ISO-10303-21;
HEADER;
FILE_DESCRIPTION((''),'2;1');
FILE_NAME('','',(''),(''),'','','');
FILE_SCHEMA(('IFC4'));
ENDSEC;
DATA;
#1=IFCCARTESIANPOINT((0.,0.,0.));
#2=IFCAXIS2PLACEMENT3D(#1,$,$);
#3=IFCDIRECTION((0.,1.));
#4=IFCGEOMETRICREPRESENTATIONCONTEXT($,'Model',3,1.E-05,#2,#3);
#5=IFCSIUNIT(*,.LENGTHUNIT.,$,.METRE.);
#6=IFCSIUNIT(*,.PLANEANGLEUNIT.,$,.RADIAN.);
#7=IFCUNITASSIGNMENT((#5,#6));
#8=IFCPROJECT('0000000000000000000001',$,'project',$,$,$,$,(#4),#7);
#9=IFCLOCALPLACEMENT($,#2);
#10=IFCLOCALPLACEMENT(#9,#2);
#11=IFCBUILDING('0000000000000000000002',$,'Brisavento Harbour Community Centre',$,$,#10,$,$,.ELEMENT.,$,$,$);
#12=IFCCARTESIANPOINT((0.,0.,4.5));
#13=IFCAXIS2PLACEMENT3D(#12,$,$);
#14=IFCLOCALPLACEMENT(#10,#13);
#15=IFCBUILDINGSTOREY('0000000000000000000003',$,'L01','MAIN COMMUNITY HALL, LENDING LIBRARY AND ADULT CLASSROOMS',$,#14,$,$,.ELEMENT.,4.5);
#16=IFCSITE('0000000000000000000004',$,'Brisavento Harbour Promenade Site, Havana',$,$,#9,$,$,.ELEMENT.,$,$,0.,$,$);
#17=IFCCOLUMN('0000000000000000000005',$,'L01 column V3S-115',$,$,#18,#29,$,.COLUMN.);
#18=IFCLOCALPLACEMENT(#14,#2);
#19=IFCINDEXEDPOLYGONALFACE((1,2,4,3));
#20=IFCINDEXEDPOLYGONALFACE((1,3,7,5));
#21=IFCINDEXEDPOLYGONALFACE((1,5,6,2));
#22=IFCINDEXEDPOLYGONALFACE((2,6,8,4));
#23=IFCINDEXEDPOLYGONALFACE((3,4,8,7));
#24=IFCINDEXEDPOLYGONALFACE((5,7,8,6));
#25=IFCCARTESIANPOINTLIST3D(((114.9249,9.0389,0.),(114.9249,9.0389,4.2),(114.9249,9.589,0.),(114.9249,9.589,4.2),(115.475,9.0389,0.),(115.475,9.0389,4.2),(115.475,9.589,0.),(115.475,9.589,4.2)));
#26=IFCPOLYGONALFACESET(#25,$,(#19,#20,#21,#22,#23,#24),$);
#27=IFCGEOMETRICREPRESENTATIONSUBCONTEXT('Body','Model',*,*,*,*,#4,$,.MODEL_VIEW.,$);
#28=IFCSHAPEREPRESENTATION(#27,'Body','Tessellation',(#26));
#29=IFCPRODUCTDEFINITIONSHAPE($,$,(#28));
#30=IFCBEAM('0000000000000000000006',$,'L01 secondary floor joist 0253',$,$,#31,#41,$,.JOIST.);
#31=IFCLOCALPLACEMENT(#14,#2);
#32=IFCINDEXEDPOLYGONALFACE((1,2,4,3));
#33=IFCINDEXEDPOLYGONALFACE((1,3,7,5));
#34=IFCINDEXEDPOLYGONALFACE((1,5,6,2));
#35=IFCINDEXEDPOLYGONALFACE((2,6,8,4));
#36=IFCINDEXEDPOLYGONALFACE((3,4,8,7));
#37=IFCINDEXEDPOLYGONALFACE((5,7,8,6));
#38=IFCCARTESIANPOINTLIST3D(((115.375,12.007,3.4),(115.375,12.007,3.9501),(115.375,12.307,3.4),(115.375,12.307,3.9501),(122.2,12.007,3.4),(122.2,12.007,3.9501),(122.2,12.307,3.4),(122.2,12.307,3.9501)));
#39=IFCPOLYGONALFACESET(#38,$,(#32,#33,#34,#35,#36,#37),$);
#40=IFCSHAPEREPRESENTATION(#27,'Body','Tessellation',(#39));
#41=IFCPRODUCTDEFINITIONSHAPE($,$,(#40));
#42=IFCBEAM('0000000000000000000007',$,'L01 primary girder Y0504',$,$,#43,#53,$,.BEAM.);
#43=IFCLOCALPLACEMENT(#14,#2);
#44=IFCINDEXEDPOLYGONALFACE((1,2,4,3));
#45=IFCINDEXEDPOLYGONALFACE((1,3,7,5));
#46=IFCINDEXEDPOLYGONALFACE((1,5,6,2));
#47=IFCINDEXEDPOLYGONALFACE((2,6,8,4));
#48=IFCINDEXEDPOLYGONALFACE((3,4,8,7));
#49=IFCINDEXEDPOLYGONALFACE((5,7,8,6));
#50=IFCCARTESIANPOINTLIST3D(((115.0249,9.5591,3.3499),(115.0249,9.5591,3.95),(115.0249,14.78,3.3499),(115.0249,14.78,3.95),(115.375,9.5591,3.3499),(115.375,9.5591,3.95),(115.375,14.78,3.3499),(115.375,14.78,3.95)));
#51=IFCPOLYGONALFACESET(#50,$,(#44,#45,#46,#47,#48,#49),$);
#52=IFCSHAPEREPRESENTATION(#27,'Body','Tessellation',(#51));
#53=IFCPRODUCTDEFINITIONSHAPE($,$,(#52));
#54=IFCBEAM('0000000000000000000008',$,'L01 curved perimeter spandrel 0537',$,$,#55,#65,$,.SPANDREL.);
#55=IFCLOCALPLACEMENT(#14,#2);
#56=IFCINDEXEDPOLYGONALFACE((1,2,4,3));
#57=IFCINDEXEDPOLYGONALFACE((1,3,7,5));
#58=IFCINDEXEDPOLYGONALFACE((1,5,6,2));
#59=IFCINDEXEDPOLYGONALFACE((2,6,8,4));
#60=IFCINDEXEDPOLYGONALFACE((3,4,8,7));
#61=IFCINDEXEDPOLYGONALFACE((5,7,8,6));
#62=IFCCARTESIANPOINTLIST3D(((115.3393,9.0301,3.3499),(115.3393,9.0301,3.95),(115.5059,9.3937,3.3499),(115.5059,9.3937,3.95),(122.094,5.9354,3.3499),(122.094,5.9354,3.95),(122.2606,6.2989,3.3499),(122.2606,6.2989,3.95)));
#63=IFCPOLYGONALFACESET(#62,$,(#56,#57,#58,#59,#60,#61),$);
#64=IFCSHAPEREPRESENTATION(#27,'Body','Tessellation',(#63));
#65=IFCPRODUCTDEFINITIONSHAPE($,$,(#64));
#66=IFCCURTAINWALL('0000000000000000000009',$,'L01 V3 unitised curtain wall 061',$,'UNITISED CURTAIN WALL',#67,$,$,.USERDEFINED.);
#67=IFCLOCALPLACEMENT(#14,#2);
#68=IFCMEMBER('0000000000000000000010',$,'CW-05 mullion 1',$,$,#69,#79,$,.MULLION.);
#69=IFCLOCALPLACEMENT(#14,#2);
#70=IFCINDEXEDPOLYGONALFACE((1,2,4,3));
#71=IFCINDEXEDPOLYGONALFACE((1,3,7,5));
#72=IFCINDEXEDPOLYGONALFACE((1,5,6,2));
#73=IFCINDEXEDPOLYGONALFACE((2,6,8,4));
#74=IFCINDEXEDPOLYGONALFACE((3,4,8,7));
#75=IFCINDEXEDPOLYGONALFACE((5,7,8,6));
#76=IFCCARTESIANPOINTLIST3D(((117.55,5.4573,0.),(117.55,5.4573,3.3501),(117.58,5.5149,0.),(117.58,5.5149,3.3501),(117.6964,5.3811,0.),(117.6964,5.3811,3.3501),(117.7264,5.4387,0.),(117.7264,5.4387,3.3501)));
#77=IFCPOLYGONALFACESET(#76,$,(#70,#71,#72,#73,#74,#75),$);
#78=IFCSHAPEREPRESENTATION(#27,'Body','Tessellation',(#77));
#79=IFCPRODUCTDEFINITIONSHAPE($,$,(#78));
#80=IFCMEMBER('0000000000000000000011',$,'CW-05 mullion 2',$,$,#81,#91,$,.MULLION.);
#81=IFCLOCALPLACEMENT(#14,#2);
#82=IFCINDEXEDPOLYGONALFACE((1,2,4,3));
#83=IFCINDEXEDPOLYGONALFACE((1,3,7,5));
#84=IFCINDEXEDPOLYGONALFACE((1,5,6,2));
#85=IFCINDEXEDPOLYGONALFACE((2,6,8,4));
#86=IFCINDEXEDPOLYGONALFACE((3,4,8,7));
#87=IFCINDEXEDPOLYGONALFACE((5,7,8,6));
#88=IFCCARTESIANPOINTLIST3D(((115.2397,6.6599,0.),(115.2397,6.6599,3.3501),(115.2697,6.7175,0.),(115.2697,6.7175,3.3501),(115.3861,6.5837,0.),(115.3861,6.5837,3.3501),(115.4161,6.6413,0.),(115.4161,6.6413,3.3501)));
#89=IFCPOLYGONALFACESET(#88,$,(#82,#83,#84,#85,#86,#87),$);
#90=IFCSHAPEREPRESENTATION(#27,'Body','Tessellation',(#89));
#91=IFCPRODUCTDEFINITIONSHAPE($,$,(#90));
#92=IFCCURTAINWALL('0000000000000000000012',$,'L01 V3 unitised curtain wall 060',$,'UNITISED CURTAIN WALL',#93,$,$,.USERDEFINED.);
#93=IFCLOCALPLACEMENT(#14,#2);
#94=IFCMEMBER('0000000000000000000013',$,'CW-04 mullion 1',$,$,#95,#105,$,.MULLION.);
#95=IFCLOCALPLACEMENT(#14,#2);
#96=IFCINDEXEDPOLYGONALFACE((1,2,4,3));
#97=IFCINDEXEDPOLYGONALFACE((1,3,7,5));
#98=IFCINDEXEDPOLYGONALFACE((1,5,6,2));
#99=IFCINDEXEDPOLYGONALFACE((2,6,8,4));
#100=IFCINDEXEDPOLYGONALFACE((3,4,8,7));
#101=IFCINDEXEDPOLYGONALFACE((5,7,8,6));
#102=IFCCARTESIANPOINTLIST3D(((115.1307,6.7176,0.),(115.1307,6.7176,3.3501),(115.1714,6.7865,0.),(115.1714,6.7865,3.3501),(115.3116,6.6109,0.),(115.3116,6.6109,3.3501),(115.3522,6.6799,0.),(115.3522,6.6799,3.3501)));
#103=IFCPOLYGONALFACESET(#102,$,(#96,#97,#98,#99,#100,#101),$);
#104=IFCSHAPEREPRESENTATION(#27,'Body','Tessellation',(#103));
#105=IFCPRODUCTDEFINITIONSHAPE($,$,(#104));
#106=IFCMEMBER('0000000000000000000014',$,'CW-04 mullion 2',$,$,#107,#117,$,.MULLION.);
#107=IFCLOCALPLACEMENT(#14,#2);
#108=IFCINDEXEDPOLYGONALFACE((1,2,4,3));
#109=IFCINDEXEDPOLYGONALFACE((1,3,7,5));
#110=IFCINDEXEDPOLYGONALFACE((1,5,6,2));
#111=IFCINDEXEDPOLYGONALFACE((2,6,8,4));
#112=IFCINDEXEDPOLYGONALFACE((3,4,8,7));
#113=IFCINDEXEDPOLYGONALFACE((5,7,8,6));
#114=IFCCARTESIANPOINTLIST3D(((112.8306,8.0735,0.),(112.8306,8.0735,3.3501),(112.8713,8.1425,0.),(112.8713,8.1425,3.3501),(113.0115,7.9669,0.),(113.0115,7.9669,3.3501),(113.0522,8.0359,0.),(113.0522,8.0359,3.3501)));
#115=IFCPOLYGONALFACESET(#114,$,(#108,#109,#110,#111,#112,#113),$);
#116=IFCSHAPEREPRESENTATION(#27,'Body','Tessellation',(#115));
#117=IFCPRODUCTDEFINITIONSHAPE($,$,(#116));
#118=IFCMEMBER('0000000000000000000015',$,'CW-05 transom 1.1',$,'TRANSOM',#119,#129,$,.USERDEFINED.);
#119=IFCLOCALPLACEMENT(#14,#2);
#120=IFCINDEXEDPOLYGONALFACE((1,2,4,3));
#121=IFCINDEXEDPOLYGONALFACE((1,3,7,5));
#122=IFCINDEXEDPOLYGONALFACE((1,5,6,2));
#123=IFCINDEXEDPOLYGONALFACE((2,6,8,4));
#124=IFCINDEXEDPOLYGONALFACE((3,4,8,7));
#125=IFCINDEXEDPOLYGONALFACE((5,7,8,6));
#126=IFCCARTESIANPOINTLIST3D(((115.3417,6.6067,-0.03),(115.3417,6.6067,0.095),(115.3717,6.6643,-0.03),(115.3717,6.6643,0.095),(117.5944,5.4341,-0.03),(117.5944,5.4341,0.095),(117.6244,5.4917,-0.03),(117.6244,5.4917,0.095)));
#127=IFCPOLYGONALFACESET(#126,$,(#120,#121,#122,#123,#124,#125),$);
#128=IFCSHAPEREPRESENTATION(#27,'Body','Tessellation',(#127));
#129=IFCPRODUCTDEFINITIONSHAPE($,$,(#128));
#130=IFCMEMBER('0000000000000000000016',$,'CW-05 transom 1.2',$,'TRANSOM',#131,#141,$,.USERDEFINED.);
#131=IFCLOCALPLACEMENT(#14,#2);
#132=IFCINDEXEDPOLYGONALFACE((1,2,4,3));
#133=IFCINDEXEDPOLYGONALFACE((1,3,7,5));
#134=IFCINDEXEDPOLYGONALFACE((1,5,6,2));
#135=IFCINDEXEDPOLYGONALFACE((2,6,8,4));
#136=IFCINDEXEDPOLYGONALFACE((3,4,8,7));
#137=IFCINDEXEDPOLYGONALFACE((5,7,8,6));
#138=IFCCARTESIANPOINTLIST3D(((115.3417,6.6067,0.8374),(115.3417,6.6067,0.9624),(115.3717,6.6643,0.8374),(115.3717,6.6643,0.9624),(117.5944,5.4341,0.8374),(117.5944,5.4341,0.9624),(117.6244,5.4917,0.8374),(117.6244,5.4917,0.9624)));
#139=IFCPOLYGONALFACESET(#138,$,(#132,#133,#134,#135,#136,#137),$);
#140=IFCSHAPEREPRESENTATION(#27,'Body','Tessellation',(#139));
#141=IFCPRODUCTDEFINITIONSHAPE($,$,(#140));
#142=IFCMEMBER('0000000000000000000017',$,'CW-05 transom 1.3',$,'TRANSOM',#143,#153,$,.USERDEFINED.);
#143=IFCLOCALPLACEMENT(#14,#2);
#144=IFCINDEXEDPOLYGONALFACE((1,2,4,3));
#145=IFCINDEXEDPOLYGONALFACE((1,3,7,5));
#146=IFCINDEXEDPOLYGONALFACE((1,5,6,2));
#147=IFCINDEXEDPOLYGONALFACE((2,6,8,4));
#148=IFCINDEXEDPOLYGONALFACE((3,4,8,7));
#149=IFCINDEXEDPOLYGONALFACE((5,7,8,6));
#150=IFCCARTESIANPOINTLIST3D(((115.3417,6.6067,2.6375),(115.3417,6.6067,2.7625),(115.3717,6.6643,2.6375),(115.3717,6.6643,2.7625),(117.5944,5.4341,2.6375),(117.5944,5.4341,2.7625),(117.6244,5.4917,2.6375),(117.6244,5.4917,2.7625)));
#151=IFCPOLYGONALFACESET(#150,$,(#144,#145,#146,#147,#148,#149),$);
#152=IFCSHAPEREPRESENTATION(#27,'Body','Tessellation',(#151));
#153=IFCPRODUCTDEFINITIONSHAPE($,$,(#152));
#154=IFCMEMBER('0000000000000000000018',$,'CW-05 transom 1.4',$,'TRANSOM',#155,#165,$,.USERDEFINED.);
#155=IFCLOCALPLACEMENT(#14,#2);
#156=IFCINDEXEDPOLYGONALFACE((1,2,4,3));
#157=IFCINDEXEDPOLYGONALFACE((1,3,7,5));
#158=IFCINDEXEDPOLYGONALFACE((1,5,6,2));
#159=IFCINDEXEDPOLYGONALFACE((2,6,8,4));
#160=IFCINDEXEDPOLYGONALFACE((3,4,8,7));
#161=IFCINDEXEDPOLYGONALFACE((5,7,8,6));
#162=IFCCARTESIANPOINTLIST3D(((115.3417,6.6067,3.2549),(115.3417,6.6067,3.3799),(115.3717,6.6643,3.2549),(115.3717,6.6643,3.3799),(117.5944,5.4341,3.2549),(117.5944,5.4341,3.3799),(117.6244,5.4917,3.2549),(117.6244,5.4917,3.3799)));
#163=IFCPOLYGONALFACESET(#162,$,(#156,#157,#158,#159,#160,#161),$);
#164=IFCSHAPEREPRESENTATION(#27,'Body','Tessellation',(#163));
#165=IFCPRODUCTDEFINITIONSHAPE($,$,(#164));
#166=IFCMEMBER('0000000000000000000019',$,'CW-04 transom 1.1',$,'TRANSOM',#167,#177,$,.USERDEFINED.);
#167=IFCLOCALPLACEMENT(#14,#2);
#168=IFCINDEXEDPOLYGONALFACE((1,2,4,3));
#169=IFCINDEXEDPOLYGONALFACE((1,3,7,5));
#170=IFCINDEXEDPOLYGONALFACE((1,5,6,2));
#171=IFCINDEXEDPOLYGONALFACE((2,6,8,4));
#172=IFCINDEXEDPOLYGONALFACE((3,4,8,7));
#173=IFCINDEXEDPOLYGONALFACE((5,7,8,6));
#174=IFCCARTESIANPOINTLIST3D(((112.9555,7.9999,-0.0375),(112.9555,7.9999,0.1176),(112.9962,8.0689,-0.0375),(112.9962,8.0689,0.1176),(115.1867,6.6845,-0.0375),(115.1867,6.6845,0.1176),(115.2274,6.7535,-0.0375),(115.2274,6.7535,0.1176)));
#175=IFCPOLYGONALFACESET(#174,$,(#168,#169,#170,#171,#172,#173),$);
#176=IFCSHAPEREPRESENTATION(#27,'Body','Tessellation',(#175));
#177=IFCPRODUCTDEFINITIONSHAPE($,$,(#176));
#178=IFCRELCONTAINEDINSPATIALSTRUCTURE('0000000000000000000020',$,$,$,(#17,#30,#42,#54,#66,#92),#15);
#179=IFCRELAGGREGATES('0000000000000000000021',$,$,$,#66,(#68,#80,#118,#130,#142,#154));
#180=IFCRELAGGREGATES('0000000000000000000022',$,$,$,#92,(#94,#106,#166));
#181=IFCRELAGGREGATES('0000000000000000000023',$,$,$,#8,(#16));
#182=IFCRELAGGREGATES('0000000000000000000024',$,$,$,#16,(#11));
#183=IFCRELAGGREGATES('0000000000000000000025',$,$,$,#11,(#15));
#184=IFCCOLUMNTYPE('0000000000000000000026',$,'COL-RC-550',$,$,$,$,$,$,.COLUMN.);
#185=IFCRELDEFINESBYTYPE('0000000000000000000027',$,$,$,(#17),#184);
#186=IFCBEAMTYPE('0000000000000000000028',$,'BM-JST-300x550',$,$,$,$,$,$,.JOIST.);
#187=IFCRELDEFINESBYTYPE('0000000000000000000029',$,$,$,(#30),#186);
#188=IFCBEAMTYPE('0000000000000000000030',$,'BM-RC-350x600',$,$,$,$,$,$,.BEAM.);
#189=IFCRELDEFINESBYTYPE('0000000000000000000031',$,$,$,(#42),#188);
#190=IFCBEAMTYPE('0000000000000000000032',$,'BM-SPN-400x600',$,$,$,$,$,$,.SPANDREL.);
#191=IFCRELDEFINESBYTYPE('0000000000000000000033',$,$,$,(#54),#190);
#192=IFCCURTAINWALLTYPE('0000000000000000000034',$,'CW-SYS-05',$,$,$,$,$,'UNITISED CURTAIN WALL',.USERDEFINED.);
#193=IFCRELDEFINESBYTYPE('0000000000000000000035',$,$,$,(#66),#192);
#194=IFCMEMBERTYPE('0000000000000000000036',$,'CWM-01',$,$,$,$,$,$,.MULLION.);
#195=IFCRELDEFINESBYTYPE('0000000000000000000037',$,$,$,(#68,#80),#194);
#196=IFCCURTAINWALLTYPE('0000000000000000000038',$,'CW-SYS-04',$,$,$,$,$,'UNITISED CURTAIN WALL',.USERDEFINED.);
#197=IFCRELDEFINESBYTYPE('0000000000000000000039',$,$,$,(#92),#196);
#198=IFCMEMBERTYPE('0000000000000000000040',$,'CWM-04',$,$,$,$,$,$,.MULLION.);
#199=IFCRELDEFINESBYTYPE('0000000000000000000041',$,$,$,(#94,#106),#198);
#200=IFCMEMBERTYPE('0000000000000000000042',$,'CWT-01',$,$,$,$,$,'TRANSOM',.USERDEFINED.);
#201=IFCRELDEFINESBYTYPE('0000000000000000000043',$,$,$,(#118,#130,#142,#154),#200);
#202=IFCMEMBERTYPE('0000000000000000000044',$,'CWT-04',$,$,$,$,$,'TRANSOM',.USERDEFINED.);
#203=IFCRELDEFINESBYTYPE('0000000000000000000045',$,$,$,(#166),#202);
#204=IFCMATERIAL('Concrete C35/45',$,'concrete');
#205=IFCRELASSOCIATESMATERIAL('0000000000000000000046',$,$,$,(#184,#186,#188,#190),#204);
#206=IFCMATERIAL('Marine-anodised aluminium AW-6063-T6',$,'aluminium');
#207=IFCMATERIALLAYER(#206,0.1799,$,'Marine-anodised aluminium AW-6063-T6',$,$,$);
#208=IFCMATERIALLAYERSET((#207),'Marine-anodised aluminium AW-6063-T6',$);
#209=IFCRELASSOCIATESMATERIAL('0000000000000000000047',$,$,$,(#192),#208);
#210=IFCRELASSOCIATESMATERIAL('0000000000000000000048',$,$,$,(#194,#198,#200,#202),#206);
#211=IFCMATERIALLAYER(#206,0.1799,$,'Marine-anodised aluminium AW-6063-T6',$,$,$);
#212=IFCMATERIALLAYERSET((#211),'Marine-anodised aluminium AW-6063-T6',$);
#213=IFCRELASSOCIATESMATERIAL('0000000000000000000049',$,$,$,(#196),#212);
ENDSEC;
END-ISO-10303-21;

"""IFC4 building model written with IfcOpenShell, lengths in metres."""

from ifc_helpers import new_model, si_unit, direction, frame, origin, origin_2d, place, context, subcontext, project, spatial, rectangle, extrude, material, layer, layer_set, material_profile, profile_set, type_object, element, aggregate, save


model = new_model("IFC4")

# Units and contexts
model_context = context("Model", 3, precision=1e-05, world=origin(), true_north=direction((0.0, 1.0)))
body_context = subcontext(model_context, "Body", "Model", "MODEL_VIEW")
ifc_project = project(units=[si_unit("LENGTHUNIT", "METRE"), si_unit("PLANEANGLEUNIT", "RADIAN")], contexts=[model_context])

# Site, building, storey
site_placement = place(None, origin())
site = spatial("IfcSite", under=ifc_project, at=site_placement, Name="Brisavento Harbour Promenade Site, Havana", CompositionType="ELEMENT", RefElevation=0.0)
building_placement = place(site_placement, origin())
building = spatial("IfcBuilding", under=site, at=building_placement, Name="Brisavento Harbour Community Centre", CompositionType="ELEMENT")
storey_placement = place(building_placement, frame((0.0, 0.0, 4.5)))
storey = spatial("IfcBuildingStorey", under=building, at=storey_placement, Name="L01", Description="MAIN COMMUNITY HALL, LENDING LIBRARY AND ADULT CLASSROOMS", CompositionType="ELEMENT", Elevation=4.5)

# Column
ifc_material_1 = material(Name="Concrete C35/45", Category="concrete")
ifc_material_profile_1 = material_profile(ifc_material_1, rectangle(XDim=0.55, YDim=0.55, at=origin_2d()), Name="Concrete C35/45")
ifc_profile_set_1 = profile_set([ifc_material_profile_1], Name="Concrete C35/45")
column_type = type_object("IfcColumnType", Name="COL-RC-550", PredefinedType="COLUMN", material=ifc_profile_set_1)
column_placement = place(storey_placement, frame((115.2, 9.314, 0.0), z_axis=(0.0, 0.0, 1.0), x_axis=(1.0, 0.0, 0.0)))
element("IfcColumn", 1, at=column_placement, inside=storey, type_object=column_type, Name="L01 column V3S-115", PredefinedType="COLUMN", context=body_context, shape_type="SweptSolid", body=[
    extrude(rectangle(XDim=0.55, YDim=0.55, at=origin_2d()), origin(), (0.0, 0.0, 1.0), 4.2),
])

# Beams
ifc_material_profile_2 = material_profile(ifc_material_1, rectangle(XDim=0.3, YDim=0.55, at=origin_2d()), Name="Concrete C35/45")
ifc_profile_set_2 = profile_set([ifc_material_profile_2], Name="Concrete C35/45")
beam_type_1 = type_object("IfcBeamType", Name="BM-JST-300x550", PredefinedType="JOIST", material=ifc_profile_set_2)
beam_1_placement = place(storey_placement, frame((115.375, 12.157, 3.675), z_axis=(1.0, 0.0, 0.0), x_axis=(0.0, 1.0, 0.0)))
element("IfcBeam", 2, at=beam_1_placement, inside=storey, type_object=beam_type_1, Name="L01 secondary floor joist 0253", PredefinedType="JOIST", context=body_context, shape_type="SweptSolid", body=[
    extrude(rectangle(XDim=0.3, YDim=0.55, at=origin_2d()), origin(), (0.0, 0.0, 1.0), 6.825),
])
ifc_material_profile_3 = material_profile(ifc_material_1, rectangle(XDim=0.3501, YDim=0.6001, at=origin_2d()), Name="Concrete C35/45")
ifc_profile_set_3 = profile_set([ifc_material_profile_3], Name="Concrete C35/45")
beam_type_2 = type_object("IfcBeamType", Name="BM-RC-350x600", PredefinedType="BEAM", material=ifc_profile_set_3)
beam_2_placement = place(storey_placement, frame((115.2, 9.5591, 3.6499), z_axis=(0.0, 1.0, 0.0), x_axis=(-1.0, 0.0, 0.0)))
element("IfcBeam", 3, at=beam_2_placement, inside=storey, type_object=beam_type_2, Name="L01 primary girder Y0504", PredefinedType="BEAM", context=body_context, shape_type="SweptSolid", body=[
    extrude(rectangle(XDim=0.3501, YDim=0.6001, at=origin_2d()), origin(), (0.0, 0.0, 1.0), 5.2209),
])
ifc_material_profile_4 = material_profile(ifc_material_1, rectangle(XDim=0.3999, YDim=0.6001, at=origin_2d()), Name="Concrete C35/45")
ifc_profile_set_4 = profile_set([ifc_material_profile_4], Name="Concrete C35/45")
beam_type_3 = type_object("IfcBeamType", Name="BM-SPN-400x600", PredefinedType="SPANDREL", material=ifc_profile_set_4)
beam_3_placement = place(storey_placement, frame((115.4226, 9.2119, 3.6499), z_axis=(0.909123, -0.416527, 0.0), x_axis=(0.416527, 0.909123, 0.0)))
element("IfcBeam", 4, at=beam_3_placement, inside=storey, type_object=beam_type_3, Name="L01 curved perimeter spandrel 0537", PredefinedType="SPANDREL", context=body_context, shape_type="SweptSolid", body=[
    extrude(rectangle(XDim=0.3999, YDim=0.6001, at=origin_2d()), origin(), (0.0, 0.0, 1.0), 7.4299),
])

# Curtain walls, members
ifc_material_2 = material(Name="Marine-anodised aluminium AW-6063-T6", Category="aluminium")
ifc_layer_1 = layer(ifc_material_2, 0.1799, Name="Marine-anodised aluminium AW-6063-T6")
ifc_layer_set_1 = layer_set([ifc_layer_1], Name="Marine-anodised aluminium AW-6063-T6")
curtain_wall_type_1 = type_object("IfcCurtainWallType", Name="CW-SYS-05", ElementType="UNITISED CURTAIN WALL", PredefinedType="USERDEFINED", material=ifc_layer_set_1)
curtain_wall_1_placement = place(storey_placement, origin())
curtain_wall_1 = element("IfcCurtainWall", 5, at=curtain_wall_1_placement, inside=storey, type_object=curtain_wall_type_1, Name="L01 V3 unitised curtain wall 061", ObjectType="UNITISED CURTAIN WALL", PredefinedType="USERDEFINED")
ifc_material_profile_5 = material_profile(ifc_material_2, rectangle(XDim=0.0649, YDim=0.165, at=origin_2d()), Name="Marine-anodised aluminium AW-6063-T6")
ifc_profile_set_5 = profile_set([ifc_material_profile_5], Name="Marine-anodised aluminium AW-6063-T6")
member_type_1 = type_object("IfcMemberType", Name="CWM-01", PredefinedType="MULLION", material=ifc_profile_set_5)
member_1_placement = place(storey_placement, frame((117.6382, 5.448, 0.0), z_axis=(0.0, 0.0, 1.0), x_axis=(-0.461718, -0.887027, 0.0)))
member_1 = element("IfcMember", 6, at=member_1_placement, type_object=member_type_1, Name="CW-05 mullion 1", PredefinedType="MULLION", context=body_context, shape_type="SweptSolid", body=[
    extrude(rectangle(XDim=0.0649, YDim=0.165, at=origin_2d()), origin(), (0.0, 0.0, 1.0), 3.3501),
])
member_2_placement = place(storey_placement, frame((115.3279, 6.6506, 0.0), z_axis=(0.0, 0.0, 1.0), x_axis=(-0.461718, -0.887027, 0.0)))
member_2 = element("IfcMember", 7, at=member_2_placement, type_object=member_type_1, Name="CW-05 mullion 2", PredefinedType="MULLION", context=body_context, shape_type="SweptSolid", body=[
    extrude(rectangle(XDim=0.0649, YDim=0.165, at=origin_2d()), origin(), (0.0, 0.0, 1.0), 3.3501),
])
ifc_layer_2 = layer(ifc_material_2, 0.1799, Name="Marine-anodised aluminium AW-6063-T6")
ifc_layer_set_2 = layer_set([ifc_layer_2], Name="Marine-anodised aluminium AW-6063-T6")
curtain_wall_type_2 = type_object("IfcCurtainWallType", Name="CW-SYS-04", ElementType="UNITISED CURTAIN WALL", PredefinedType="USERDEFINED", material=ifc_layer_set_2)
curtain_wall_2_placement = place(storey_placement, origin())
curtain_wall_2 = element("IfcCurtainWall", 8, at=curtain_wall_2_placement, inside=storey, type_object=curtain_wall_type_2, Name="L01 V3 unitised curtain wall 060", ObjectType="UNITISED CURTAIN WALL", PredefinedType="USERDEFINED")
ifc_material_profile_6 = material_profile(ifc_material_2, rectangle(XDim=0.0801, YDim=0.21, at=origin_2d()), Name="Marine-anodised aluminium AW-6063-T6")
ifc_profile_set_6 = profile_set([ifc_material_profile_6], Name="Marine-anodised aluminium AW-6063-T6")
member_type_2 = type_object("IfcMemberType", Name="CWM-04", PredefinedType="MULLION", material=ifc_profile_set_6)
member_3_placement = place(storey_placement, frame((115.2415, 6.6987, 0.0), z_axis=(0.0, 0.0, 1.0), x_axis=(-0.507876, -0.86143, 0.0)))
member_3 = element("IfcMember", 9, at=member_3_placement, type_object=member_type_2, Name="CW-04 mullion 1", PredefinedType="MULLION", context=body_context, shape_type="SweptSolid", body=[
    extrude(rectangle(XDim=0.0801, YDim=0.21, at=origin_2d()), origin(), (0.0, 0.0, 1.0), 3.3501),
])
member_4_placement = place(storey_placement, frame((112.9414, 8.0547, 0.0), z_axis=(0.0, 0.0, 1.0), x_axis=(-0.507876, -0.86143, 0.0)))
member_4 = element("IfcMember", 10, at=member_4_placement, type_object=member_type_2, Name="CW-04 mullion 2", PredefinedType="MULLION", context=body_context, shape_type="SweptSolid", body=[
    extrude(rectangle(XDim=0.0801, YDim=0.21, at=origin_2d()), origin(), (0.0, 0.0, 1.0), 3.3501),
])

# Members
ifc_material_profile_7 = material_profile(ifc_material_2, rectangle(XDim=0.0649, YDim=0.125, at=origin_2d()), Name="Marine-anodised aluminium AW-6063-T6")
ifc_profile_set_7 = profile_set([ifc_material_profile_7], Name="Marine-anodised aluminium AW-6063-T6")
member_type_3 = type_object("IfcMemberType", Name="CWT-01", ElementType="TRANSOM", PredefinedType="USERDEFINED", material=ifc_profile_set_7)
member_5_placement = place(storey_placement, frame((117.6094, 5.4629, 0.0325), z_axis=(-0.887022, 0.461728, 0.0), x_axis=(-0.461728, -0.887022, 0.0)))
member_5 = element("IfcMember", 11, at=member_5_placement, type_object=member_type_3, Name="CW-05 transom 1.1", ObjectType="TRANSOM", PredefinedType="USERDEFINED", context=body_context, shape_type="SweptSolid", body=[
    extrude(rectangle(XDim=0.0649, YDim=0.125, at=origin_2d()), origin(), (0.0, 0.0, 1.0), 2.5396),
])
member_6_placement = place(storey_placement, frame((117.6094, 5.4629, 0.8999), z_axis=(-0.887022, 0.461728, 0.0), x_axis=(-0.461728, -0.887022, 0.0)))
member_6 = element("IfcMember", 12, at=member_6_placement, type_object=member_type_3, Name="CW-05 transom 1.2", ObjectType="TRANSOM", PredefinedType="USERDEFINED", context=body_context, shape_type="SweptSolid", body=[
    extrude(rectangle(XDim=0.0649, YDim=0.125, at=origin_2d()), origin(), (0.0, 0.0, 1.0), 2.5396),
])
member_7_placement = place(storey_placement, frame((117.6094, 5.4629, 2.7), z_axis=(-0.887022, 0.461728, 0.0), x_axis=(-0.461728, -0.887022, 0.0)))
member_7 = element("IfcMember", 13, at=member_7_placement, type_object=member_type_3, Name="CW-05 transom 1.3", ObjectType="TRANSOM", PredefinedType="USERDEFINED", context=body_context, shape_type="SweptSolid", body=[
    extrude(rectangle(XDim=0.0649, YDim=0.125, at=origin_2d()), origin(), (0.0, 0.0, 1.0), 2.5396),
])
member_8_placement = place(storey_placement, frame((117.6094, 5.4629, 3.3174), z_axis=(-0.887022, 0.461728, 0.0), x_axis=(-0.461728, -0.887022, 0.0)))
member_8 = element("IfcMember", 14, at=member_8_placement, type_object=member_type_3, Name="CW-05 transom 1.4", ObjectType="TRANSOM", PredefinedType="USERDEFINED", context=body_context, shape_type="SweptSolid", body=[
    extrude(rectangle(XDim=0.0649, YDim=0.125, at=origin_2d()), origin(), (0.0, 0.0, 1.0), 2.5396),
])
ifc_material_profile_8 = material_profile(ifc_material_2, rectangle(XDim=0.0801, YDim=0.155, at=origin_2d()), Name="Marine-anodised aluminium AW-6063-T6")
ifc_profile_set_8 = profile_set([ifc_material_profile_8], Name="Marine-anodised aluminium AW-6063-T6")
member_type_4 = type_object("IfcMemberType", Name="CWT-04", ElementType="TRANSOM", PredefinedType="USERDEFINED", material=ifc_profile_set_8)
member_9_placement = place(storey_placement, frame((115.207, 6.719, 0.04), z_axis=(-0.861435, 0.507868, 0.0), x_axis=(-0.507868, -0.861435, 0.0)))
member_9 = element("IfcMember", 15, at=member_9_placement, type_object=member_type_4, Name="CW-04 transom 1.1", ObjectType="TRANSOM", PredefinedType="USERDEFINED", context=body_context, shape_type="SweptSolid", body=[
    extrude(rectangle(XDim=0.0801, YDim=0.155, at=origin_2d()), origin(), (0.0, 0.0, 1.0), 2.5901),
])

aggregate(curtain_wall_1, [member_1, member_2, member_5, member_6, member_7, member_8])
aggregate(curtain_wall_2, [member_3, member_4, member_9])

save(model, "model.ifc")
